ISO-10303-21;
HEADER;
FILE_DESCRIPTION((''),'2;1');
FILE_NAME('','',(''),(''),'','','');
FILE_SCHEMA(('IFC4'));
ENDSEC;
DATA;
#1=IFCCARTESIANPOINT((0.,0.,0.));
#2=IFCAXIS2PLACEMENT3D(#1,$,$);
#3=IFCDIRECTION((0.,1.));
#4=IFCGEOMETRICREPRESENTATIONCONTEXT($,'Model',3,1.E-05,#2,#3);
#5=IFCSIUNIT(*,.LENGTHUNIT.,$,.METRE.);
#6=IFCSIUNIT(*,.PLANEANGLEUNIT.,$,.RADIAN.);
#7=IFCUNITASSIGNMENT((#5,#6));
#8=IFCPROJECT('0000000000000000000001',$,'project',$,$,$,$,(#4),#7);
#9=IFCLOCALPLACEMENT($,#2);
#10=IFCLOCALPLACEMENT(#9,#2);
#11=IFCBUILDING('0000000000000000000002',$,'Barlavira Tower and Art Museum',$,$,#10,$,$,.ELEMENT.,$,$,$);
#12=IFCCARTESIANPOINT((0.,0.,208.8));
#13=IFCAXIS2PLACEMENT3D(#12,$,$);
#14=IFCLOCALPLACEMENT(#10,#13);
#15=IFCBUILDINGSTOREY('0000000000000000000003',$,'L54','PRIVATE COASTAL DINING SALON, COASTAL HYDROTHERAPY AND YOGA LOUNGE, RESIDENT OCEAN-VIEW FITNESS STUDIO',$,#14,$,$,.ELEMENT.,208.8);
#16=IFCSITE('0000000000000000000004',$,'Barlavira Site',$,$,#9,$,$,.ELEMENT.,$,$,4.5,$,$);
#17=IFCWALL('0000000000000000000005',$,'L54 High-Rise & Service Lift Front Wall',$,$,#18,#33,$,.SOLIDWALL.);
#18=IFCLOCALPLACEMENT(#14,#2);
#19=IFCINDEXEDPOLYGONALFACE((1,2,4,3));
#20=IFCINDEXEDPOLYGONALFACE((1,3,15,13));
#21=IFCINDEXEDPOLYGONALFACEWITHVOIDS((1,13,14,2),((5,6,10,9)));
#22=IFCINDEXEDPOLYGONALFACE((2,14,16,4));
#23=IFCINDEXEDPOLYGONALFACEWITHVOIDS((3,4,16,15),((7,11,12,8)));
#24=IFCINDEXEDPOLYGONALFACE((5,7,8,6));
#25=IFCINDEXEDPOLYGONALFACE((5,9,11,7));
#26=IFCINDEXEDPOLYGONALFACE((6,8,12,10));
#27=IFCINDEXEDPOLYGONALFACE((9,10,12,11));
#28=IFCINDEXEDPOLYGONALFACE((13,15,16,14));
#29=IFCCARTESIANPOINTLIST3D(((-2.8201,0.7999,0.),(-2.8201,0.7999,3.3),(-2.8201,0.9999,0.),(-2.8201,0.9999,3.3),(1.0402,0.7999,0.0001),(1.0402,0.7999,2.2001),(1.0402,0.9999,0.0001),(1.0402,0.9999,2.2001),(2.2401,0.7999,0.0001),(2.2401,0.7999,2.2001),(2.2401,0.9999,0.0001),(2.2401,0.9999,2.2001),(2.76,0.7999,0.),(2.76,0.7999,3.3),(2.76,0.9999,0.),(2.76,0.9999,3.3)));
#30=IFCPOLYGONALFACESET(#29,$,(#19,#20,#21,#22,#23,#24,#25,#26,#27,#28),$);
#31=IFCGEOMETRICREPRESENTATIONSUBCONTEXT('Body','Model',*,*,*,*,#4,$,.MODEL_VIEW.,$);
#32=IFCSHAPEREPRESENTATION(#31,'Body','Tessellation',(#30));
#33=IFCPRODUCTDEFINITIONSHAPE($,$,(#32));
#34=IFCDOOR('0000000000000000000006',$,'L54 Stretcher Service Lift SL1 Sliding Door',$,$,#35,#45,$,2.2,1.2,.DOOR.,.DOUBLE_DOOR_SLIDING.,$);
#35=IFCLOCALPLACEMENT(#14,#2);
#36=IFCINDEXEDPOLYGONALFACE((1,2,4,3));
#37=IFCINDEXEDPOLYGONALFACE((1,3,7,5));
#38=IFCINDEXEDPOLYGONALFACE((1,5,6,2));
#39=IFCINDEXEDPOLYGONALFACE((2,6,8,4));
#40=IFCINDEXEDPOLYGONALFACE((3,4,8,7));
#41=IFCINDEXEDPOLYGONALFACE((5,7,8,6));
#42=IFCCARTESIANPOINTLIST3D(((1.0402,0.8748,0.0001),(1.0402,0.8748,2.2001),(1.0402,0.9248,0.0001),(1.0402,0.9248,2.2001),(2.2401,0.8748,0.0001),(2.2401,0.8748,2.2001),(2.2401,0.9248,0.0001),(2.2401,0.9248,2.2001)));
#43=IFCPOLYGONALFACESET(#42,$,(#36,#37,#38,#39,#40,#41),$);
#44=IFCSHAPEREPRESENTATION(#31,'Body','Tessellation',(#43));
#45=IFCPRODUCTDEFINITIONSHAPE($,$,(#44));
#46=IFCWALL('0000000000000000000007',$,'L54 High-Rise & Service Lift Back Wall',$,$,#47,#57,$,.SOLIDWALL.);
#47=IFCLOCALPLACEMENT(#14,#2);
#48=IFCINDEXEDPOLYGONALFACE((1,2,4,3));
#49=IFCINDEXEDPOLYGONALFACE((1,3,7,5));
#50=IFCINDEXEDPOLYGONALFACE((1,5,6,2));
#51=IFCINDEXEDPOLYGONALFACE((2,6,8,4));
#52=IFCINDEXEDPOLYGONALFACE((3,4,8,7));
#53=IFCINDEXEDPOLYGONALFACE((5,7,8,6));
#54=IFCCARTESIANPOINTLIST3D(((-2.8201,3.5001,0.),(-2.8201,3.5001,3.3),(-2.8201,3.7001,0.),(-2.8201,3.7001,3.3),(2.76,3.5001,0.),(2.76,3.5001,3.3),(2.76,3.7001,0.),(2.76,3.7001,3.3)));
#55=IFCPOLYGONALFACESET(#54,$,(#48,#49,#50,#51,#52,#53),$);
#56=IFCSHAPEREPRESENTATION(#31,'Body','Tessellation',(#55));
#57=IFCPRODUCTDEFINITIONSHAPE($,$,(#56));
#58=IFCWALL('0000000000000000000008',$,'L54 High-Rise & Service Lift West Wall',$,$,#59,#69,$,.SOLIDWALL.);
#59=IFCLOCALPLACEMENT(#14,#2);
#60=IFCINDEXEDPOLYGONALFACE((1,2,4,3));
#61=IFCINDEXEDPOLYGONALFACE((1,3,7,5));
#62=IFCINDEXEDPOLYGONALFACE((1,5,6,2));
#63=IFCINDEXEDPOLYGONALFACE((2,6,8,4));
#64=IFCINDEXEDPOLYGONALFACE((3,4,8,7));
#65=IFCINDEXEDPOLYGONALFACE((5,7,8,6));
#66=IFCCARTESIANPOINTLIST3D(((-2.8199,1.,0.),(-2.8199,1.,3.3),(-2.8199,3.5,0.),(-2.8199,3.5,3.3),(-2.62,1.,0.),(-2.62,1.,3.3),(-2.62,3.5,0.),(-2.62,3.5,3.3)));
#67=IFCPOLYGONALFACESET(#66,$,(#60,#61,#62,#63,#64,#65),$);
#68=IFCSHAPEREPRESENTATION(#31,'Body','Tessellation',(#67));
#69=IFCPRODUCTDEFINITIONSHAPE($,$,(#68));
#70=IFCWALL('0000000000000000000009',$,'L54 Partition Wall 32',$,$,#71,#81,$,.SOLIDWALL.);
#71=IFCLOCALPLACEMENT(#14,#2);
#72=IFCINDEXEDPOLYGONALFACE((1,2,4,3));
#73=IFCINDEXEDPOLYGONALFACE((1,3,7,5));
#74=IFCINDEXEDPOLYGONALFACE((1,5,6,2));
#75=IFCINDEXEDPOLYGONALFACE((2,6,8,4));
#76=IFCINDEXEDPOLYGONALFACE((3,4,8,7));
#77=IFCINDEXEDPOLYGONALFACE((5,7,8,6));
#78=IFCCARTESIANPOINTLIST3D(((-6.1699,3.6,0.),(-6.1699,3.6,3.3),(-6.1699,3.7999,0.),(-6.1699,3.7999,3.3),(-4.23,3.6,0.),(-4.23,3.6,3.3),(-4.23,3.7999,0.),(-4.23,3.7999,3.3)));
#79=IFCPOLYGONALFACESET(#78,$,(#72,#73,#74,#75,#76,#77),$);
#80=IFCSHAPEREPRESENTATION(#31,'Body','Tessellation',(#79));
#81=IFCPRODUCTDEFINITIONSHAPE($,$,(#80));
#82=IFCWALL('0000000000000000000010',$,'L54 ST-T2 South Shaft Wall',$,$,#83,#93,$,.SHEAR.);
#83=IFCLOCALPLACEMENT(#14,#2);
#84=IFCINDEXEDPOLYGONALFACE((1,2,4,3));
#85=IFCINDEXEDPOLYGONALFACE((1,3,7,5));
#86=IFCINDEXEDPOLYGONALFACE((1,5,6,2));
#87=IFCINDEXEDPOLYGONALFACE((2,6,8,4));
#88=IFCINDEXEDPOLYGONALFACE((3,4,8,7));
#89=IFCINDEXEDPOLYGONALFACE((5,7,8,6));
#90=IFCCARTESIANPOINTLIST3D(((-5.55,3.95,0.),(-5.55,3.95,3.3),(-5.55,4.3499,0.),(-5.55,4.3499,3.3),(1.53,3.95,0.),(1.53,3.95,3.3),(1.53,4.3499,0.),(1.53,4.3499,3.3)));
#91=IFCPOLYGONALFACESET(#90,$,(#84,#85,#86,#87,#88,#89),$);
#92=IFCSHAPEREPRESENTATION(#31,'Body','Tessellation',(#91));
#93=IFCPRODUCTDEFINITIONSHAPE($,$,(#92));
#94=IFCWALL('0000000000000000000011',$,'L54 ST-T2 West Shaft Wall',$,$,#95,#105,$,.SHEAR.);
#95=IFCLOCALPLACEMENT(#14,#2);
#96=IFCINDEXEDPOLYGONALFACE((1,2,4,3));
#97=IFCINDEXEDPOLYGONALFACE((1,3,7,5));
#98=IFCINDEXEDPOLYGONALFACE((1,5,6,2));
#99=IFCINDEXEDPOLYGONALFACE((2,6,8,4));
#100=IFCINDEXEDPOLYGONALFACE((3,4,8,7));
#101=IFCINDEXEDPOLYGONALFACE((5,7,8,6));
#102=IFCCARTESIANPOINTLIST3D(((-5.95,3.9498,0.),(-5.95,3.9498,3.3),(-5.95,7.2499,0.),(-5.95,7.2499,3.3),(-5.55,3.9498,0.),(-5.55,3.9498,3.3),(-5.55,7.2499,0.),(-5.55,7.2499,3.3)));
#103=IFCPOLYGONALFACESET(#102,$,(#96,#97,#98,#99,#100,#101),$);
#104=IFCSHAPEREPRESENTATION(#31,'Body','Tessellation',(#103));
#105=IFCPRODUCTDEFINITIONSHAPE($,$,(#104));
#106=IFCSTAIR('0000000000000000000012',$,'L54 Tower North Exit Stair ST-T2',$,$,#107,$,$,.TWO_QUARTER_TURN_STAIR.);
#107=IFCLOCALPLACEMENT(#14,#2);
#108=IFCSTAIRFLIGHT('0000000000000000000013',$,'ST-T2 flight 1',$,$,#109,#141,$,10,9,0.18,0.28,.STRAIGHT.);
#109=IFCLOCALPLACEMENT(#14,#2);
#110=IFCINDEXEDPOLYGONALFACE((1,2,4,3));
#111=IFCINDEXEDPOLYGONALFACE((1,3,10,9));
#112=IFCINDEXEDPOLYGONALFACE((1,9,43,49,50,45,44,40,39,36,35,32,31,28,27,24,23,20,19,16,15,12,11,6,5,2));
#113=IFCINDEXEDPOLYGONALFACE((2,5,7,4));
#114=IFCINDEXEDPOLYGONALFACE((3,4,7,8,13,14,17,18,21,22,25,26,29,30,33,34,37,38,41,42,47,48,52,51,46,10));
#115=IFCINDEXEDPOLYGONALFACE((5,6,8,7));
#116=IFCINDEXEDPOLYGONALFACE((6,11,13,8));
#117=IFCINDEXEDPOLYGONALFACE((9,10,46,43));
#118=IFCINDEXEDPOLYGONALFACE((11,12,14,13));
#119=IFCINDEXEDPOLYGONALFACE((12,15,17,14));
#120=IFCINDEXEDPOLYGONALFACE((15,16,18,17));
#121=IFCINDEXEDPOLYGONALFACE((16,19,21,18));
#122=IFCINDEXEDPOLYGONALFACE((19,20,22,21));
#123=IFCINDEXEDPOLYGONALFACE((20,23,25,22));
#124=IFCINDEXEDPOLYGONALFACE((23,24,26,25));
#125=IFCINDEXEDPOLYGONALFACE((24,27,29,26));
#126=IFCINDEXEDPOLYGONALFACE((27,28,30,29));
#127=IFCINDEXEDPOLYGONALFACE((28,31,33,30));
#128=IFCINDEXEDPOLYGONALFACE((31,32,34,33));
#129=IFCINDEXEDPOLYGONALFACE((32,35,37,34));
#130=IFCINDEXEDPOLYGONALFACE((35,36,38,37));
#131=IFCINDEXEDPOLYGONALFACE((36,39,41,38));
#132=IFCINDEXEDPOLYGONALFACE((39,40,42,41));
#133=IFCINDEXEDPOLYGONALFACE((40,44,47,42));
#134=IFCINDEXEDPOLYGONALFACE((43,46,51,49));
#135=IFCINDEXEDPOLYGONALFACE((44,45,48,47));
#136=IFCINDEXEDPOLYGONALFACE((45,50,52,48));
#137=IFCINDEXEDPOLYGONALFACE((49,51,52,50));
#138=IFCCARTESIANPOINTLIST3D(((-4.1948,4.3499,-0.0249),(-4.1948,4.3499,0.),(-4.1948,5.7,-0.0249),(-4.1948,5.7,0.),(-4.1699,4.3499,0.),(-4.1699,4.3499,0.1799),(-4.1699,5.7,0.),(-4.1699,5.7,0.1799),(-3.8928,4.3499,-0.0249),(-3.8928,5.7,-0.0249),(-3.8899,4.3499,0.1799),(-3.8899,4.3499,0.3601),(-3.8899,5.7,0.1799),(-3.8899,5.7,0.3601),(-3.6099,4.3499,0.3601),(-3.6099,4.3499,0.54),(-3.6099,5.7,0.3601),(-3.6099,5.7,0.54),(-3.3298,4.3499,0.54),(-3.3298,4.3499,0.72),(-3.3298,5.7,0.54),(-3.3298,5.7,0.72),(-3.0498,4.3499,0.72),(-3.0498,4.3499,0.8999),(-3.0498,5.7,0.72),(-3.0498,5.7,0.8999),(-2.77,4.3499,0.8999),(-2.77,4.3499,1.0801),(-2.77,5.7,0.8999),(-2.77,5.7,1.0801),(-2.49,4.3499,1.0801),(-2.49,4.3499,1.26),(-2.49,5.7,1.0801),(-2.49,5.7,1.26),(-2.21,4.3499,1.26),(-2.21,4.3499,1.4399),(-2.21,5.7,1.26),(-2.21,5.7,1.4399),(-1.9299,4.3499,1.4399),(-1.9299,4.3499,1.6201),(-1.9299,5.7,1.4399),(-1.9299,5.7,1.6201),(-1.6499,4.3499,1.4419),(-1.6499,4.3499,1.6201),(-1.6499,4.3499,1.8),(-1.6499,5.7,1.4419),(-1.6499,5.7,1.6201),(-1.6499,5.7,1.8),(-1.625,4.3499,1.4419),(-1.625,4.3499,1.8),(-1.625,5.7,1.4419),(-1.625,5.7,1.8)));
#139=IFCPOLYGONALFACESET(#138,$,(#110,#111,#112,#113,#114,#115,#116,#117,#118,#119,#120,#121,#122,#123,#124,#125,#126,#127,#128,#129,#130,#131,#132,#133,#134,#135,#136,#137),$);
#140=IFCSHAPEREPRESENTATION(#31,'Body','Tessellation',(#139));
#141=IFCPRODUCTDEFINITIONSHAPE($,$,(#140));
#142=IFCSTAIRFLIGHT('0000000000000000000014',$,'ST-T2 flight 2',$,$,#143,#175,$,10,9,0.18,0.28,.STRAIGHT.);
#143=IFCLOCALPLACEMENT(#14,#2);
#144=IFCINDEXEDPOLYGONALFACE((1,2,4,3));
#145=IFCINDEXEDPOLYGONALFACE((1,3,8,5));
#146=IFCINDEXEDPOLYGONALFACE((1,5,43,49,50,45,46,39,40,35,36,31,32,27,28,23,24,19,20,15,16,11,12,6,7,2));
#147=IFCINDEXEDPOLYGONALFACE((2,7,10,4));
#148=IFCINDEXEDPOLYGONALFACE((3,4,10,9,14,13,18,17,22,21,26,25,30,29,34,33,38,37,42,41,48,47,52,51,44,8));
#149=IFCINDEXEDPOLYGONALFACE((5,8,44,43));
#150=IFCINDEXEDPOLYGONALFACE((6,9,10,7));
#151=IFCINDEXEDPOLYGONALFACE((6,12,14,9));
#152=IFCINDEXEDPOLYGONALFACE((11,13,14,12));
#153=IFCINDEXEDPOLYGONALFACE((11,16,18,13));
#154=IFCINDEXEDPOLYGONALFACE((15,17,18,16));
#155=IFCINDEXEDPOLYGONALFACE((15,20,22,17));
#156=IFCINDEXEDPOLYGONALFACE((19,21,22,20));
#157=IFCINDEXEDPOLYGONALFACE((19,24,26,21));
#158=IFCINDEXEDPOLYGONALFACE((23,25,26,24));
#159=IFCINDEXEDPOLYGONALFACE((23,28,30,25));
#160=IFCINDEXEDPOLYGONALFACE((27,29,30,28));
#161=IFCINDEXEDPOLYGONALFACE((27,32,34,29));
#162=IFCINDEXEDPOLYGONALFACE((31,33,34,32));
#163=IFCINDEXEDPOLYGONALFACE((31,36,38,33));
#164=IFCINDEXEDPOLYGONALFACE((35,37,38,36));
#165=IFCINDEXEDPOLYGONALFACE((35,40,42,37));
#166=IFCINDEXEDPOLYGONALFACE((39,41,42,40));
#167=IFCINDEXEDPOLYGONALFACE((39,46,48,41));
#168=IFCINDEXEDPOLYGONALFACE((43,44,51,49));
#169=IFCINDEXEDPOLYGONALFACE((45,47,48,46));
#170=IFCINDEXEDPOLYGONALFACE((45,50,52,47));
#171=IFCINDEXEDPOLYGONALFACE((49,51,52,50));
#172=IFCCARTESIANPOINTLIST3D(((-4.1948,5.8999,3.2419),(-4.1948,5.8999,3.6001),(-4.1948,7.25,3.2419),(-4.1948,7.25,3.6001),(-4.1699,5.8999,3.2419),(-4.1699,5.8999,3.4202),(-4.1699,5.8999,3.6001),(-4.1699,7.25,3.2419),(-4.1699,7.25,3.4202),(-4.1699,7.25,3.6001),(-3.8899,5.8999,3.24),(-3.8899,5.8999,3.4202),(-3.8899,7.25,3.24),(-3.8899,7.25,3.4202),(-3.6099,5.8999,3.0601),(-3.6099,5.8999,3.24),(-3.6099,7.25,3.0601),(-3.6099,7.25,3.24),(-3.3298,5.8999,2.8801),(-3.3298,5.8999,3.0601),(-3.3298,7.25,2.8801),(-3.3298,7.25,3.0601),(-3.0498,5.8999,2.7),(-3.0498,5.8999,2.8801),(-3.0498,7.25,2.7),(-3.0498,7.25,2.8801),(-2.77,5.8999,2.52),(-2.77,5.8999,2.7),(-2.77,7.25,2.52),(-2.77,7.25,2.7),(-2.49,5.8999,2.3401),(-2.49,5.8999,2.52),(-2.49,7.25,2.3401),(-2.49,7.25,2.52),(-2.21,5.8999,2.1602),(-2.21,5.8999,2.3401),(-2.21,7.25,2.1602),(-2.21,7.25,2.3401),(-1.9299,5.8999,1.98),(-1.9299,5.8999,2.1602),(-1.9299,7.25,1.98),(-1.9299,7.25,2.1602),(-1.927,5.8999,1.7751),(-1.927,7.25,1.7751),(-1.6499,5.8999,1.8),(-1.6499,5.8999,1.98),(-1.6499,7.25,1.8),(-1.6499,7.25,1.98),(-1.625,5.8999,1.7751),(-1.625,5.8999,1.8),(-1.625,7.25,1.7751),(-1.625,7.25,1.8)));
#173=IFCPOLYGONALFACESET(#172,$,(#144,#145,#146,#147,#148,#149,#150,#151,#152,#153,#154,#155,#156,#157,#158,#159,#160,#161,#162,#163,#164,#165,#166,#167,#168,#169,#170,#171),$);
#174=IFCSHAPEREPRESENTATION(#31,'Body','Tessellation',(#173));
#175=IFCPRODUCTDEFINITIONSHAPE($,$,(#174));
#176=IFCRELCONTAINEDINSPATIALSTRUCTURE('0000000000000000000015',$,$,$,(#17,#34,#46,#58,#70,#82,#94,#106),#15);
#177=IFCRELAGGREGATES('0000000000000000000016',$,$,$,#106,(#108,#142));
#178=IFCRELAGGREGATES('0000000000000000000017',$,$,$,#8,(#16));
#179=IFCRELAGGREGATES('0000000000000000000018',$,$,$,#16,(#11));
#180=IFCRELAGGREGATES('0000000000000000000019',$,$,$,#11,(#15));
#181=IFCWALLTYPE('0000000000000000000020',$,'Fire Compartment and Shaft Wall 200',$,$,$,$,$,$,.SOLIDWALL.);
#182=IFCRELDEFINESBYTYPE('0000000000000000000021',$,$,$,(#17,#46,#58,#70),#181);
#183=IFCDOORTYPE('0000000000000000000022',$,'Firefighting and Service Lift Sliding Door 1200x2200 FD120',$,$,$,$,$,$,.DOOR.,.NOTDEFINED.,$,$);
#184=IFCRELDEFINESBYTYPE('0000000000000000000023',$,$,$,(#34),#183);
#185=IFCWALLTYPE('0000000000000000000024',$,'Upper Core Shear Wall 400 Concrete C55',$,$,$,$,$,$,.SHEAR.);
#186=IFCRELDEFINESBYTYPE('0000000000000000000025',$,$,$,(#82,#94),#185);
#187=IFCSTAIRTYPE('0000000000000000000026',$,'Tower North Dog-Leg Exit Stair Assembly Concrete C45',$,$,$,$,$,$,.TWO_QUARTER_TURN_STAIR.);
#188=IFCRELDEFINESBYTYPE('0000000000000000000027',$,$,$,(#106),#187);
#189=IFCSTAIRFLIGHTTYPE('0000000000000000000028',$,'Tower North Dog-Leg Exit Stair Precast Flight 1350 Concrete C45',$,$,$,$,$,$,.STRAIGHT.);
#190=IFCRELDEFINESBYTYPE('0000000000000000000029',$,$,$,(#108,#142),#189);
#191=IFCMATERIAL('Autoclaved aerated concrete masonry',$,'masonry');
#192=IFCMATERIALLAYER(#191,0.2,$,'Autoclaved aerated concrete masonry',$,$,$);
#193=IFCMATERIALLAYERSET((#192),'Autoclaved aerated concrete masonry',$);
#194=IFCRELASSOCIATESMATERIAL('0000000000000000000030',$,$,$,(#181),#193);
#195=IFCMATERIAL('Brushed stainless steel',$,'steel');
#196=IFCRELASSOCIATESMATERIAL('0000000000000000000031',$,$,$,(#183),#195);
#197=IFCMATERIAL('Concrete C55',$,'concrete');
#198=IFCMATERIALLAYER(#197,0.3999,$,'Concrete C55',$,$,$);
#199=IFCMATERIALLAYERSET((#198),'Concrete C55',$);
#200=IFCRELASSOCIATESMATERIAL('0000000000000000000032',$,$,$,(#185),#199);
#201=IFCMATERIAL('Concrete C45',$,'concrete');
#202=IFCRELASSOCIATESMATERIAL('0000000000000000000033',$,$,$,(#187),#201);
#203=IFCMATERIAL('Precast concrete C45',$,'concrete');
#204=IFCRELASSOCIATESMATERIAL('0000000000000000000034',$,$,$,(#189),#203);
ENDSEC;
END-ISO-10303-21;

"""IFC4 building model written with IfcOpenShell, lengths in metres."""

from ifc_helpers import new_model, si_unit, direction, frame, frame_2d, origin, place, context, subcontext, project, spatial, polyline, rectangle, outline, extrude, material, layer, layer_set, type_object, element, fill, aggregate, save


model = new_model("IFC4")

# Units and contexts
model_context = context("Model", 3, precision=1e-05, world=origin(), true_north=direction((0.0, 1.0)))
body_context = subcontext(model_context, "Body", "Model", "MODEL_VIEW")
ifc_project = project(units=[si_unit("LENGTHUNIT", "METRE"), si_unit("PLANEANGLEUNIT", "RADIAN")], contexts=[model_context])

# Site, building, storey
site_placement = place(None, origin())
site = spatial("IfcSite", under=ifc_project, at=site_placement, Name="Barlavira Site", CompositionType="ELEMENT", RefElevation=4.5)
building_placement = place(site_placement, origin())
building = spatial("IfcBuilding", under=site, at=building_placement, Name="Barlavira Tower and Art Museum", CompositionType="ELEMENT")
storey_placement = place(building_placement, frame((0.0, 0.0, 208.8)))
storey = spatial("IfcBuildingStorey", under=building, at=storey_placement, Name="L54", Description="PRIVATE COASTAL DINING SALON, COASTAL HYDROTHERAPY AND YOGA LOUNGE, RESIDENT OCEAN-VIEW FITNESS STUDIO", CompositionType="ELEMENT", Elevation=208.8)

# Shared definitions
ifc_material_1 = material(Name="Concrete C45", Category="concrete")

# Shared definitions
ifc_material_2 = material(Name="Brushed stainless steel", Category="steel")

# Wall, opening, door
ifc_material_3 = material(Name="Autoclaved aerated concrete masonry", Category="masonry")
ifc_layer_1 = layer(ifc_material_3, 0.2, Name="Autoclaved aerated concrete masonry")
ifc_layer_set_1 = layer_set([ifc_layer_1], Name="Autoclaved aerated concrete masonry")
wall_type_1 = type_object("IfcWallType", Name="Fire Compartment and Shaft Wall 200", PredefinedType="SOLIDWALL", material=ifc_layer_set_1)
wall_1_placement = place(storey_placement, frame((-2.8201, 0.8999, 0.0), z_axis=(0.0, 0.0, 1.0), x_axis=(1.0, 0.0, 0.0)))
wall_1 = element("IfcWall", 1, at=wall_1_placement, inside=storey, type_object=wall_type_1, Name="L54 High-Rise & Service Lift Front Wall", PredefinedType="SOLIDWALL", context=body_context, shape_type="SweptSolid", body=[
    extrude(rectangle(XDim=5.5801, YDim=0.2, at=frame_2d((2.79, 0.0))), origin(), (0.0, 0.0, 1.0), 3.3),
])
opening_1_placement = place(wall_1_placement, frame((3.8601, 0.0, 0.0)))
opening_1 = element("IfcOpeningElement", 2, at=opening_1_placement, cuts=wall_1, PredefinedType="OPENING", context=body_context, shape_type="SweptSolid", body=[
    extrude(rectangle(XDim=1.2, YDim=2.2, at=frame_2d((0.6001, 1.1001))), frame((0.0, 0.1099, 0.0), z_axis=(0.0, -1.0, 0.0), x_axis=(1.0, 0.0, 0.0)), (0.0, 0.0, 1.0), 0.22),
])
door_type_1 = type_object("IfcDoorType", Name="Firefighting and Service Lift Sliding Door 1200x2200 FD120", OperationType="NOTDEFINED", PredefinedType="DOOR", material=ifc_material_2)
door_1_placement = place(opening_1_placement, origin())
door_1 = element("IfcDoor", 3, at=door_1_placement, inside=storey, type_object=door_type_1, Name="L54 Stretcher Service Lift SL1 Sliding Door", OperationType="DOUBLE_DOOR_SLIDING", OverallHeight=2.2, OverallWidth=1.2, PredefinedType="DOOR", context=body_context, shape_type="SweptSolid", body=[
    extrude(rectangle(XDim=1.2, YDim=2.2, at=frame_2d((0.6001, 1.1001))), frame((0.0, 0.0249, 0.0), z_axis=(0.0, -1.0, 0.0), x_axis=(1.0, 0.0, 0.0)), (0.0, 0.0, 1.0), 0.05),
])
fill(opening_1, door_1)

# Walls
wall_2_placement = place(storey_placement, frame((-2.8201, 3.6001, 0.0), z_axis=(0.0, 0.0, 1.0), x_axis=(1.0, 0.0, 0.0)))
element("IfcWall", 4, at=wall_2_placement, inside=storey, type_object=wall_type_1, Name="L54 High-Rise & Service Lift Back Wall", PredefinedType="SOLIDWALL", context=body_context, shape_type="SweptSolid", body=[
    extrude(rectangle(XDim=5.5801, YDim=0.2, at=frame_2d((2.79, 0.0))), origin(), (0.0, 0.0, 1.0), 3.3),
])
wall_3_placement = place(storey_placement, frame((-2.72, 1.0, 0.0), z_axis=(0.0, 0.0, 1.0), x_axis=(0.0, 1.0, 0.0)))
element("IfcWall", 5, at=wall_3_placement, inside=storey, type_object=wall_type_1, Name="L54 High-Rise & Service Lift West Wall", PredefinedType="SOLIDWALL", context=body_context, shape_type="SweptSolid", body=[
    extrude(rectangle(XDim=2.5, YDim=0.2, at=frame_2d((1.25, 0.0))), origin(), (0.0, 0.0, 1.0), 3.3),
])
wall_4_placement = place(storey_placement, frame((-6.1699, 3.7, 0.0), z_axis=(0.0, 0.0, 1.0), x_axis=(1.0, 0.0, 0.0)))
element("IfcWall", 6, at=wall_4_placement, inside=storey, type_object=wall_type_1, Name="L54 Partition Wall 32", PredefinedType="SOLIDWALL", context=body_context, shape_type="SweptSolid", body=[
    extrude(rectangle(XDim=1.9399, YDim=0.2, at=frame_2d((0.97, 0.0))), origin(), (0.0, 0.0, 1.0), 3.3),
])

# Walls
ifc_material_4 = material(Name="Concrete C55", Category="concrete")
ifc_layer_2 = layer(ifc_material_4, 0.3999, Name="Concrete C55")
ifc_layer_set_2 = layer_set([ifc_layer_2], Name="Concrete C55")
wall_type_2 = type_object("IfcWallType", Name="Upper Core Shear Wall 400 Concrete C55", PredefinedType="SHEAR", material=ifc_layer_set_2)
wall_5_placement = place(storey_placement, frame((-5.55, 4.1499, 0.0), z_axis=(0.0, 0.0, 1.0), x_axis=(1.0, 0.0, 0.0)))
element("IfcWall", 7, at=wall_5_placement, inside=storey, type_object=wall_type_2, Name="L54 ST-T2 South Shaft Wall", PredefinedType="SHEAR", context=body_context, shape_type="SweptSolid", body=[
    extrude(rectangle(XDim=7.0801, YDim=0.3999, at=frame_2d((3.54, 0.0))), origin(), (0.0, 0.0, 1.0), 3.3),
])
wall_6_placement = place(storey_placement, frame((-5.75, 3.95, 0.0), z_axis=(0.0, 0.0, 1.0), x_axis=(0.0, 1.0, 0.0)))
element("IfcWall", 8, at=wall_6_placement, inside=storey, type_object=wall_type_2, Name="L54 ST-T2 West Shaft Wall", PredefinedType="SHEAR", context=body_context, shape_type="SweptSolid", body=[
    extrude(rectangle(XDim=3.3, YDim=0.3999, at=frame_2d((1.6499, 0.0))), origin(), (0.0, 0.0, 1.0), 3.3),
])

# Stair, stair flights
stair_type_1 = type_object("IfcStairType", Name="Tower North Dog-Leg Exit Stair Assembly Concrete C45", PredefinedType="TWO_QUARTER_TURN_STAIR", material=ifc_material_1)
stair_1_placement = place(storey_placement, origin())
stair_1 = element("IfcStair", 9, at=stair_1_placement, inside=storey, type_object=stair_type_1, Name="L54 Tower North Exit Stair ST-T2", PredefinedType="TWO_QUARTER_TURN_STAIR")
ifc_material_5 = material(Name="Precast concrete C45", Category="concrete")
stair_flight_type = type_object("IfcStairFlightType", Name="Tower North Dog-Leg Exit Stair Precast Flight 1350 Concrete C45", PredefinedType="STRAIGHT", material=ifc_material_5)
stair_flight_1_placement = place(storey_placement, frame((-4.1699, 5.0249, 0.0), z_axis=(0.0, 0.0, 1.0), x_axis=(1.0, 0.0, 0.0)))
stair_flight_1 = element("IfcStairFlight", 10, at=stair_flight_1_placement, type_object=stair_flight_type, Name="ST-T2 flight 1", NumberOfRisers=10, NumberOfTreads=9, PredefinedType="STRAIGHT", RiserHeight=0.18, TreadLength=0.28, context=body_context, shape_type="SweptSolid", body=[
    extrude(outline(polyline([(-0.0249, 0.0), (0.0, 0.0), (0.0, 0.1799), (0.28, 0.1799), (0.28, 0.3601), (0.5601, 0.3601), (0.5601, 0.54), (0.8401, 0.54), (0.8401, 0.72), (1.1201, 0.72), (1.1201, 0.8999), (1.3999, 0.8999), (1.3999, 1.0801), (1.6799, 1.0801), (1.6799, 1.26), (1.96, 1.26), (1.96, 1.4399), (2.24, 1.4399), (2.24, 1.6201), (2.52, 1.6201), (2.52, 1.8), (2.5449, 1.8), (2.5449, 1.4419), (2.52, 1.4419), (0.2771, -0.0249), (-0.0249, -0.0249), (-0.0249, 0.0)])), frame((0.0, 0.675, 0.0), z_axis=(0.0, -1.0, 0.0), x_axis=(1.0, 0.0, 0.0)), (0.0, 0.0, 1.0), 1.3501),
])
stair_flight_2_placement = place(storey_placement, frame((-1.6499, 6.575, 1.8), z_axis=(0.0, 0.0, 1.0), x_axis=(-1.0, 0.0, 0.0)))
stair_flight_2 = element("IfcStairFlight", 11, at=stair_flight_2_placement, type_object=stair_flight_type, Name="ST-T2 flight 2", NumberOfRisers=10, NumberOfTreads=9, PredefinedType="STRAIGHT", RiserHeight=0.18, TreadLength=0.28, context=body_context, shape_type="SweptSolid", body=[
    extrude(outline(polyline([(-0.0249, 0.0), (0.0, 0.0), (0.0, 0.1799), (0.28, 0.1799), (0.28, 0.3601), (0.5601, 0.3601), (0.5601, 0.54), (0.8401, 0.54), (0.8401, 0.72), (1.1201, 0.72), (1.1201, 0.8999), (1.3999, 0.8999), (1.3999, 1.0801), (1.6799, 1.0801), (1.6799, 1.26), (1.96, 1.26), (1.96, 1.4399), (2.24, 1.4399), (2.24, 1.6201), (2.52, 1.6201), (2.52, 1.8), (2.5449, 1.8), (2.5449, 1.4419), (2.52, 1.4419), (0.2771, -0.0249), (-0.0249, -0.0249), (-0.0249, 0.0)])), frame((0.0, 0.675, 0.0), z_axis=(0.0, -1.0, 0.0), x_axis=(1.0, 0.0, 0.0)), (0.0, 0.0, 1.0), 1.3501),
])
aggregate(stair_1, [stair_flight_1, stair_flight_2])

save(model, "model.ifc")
